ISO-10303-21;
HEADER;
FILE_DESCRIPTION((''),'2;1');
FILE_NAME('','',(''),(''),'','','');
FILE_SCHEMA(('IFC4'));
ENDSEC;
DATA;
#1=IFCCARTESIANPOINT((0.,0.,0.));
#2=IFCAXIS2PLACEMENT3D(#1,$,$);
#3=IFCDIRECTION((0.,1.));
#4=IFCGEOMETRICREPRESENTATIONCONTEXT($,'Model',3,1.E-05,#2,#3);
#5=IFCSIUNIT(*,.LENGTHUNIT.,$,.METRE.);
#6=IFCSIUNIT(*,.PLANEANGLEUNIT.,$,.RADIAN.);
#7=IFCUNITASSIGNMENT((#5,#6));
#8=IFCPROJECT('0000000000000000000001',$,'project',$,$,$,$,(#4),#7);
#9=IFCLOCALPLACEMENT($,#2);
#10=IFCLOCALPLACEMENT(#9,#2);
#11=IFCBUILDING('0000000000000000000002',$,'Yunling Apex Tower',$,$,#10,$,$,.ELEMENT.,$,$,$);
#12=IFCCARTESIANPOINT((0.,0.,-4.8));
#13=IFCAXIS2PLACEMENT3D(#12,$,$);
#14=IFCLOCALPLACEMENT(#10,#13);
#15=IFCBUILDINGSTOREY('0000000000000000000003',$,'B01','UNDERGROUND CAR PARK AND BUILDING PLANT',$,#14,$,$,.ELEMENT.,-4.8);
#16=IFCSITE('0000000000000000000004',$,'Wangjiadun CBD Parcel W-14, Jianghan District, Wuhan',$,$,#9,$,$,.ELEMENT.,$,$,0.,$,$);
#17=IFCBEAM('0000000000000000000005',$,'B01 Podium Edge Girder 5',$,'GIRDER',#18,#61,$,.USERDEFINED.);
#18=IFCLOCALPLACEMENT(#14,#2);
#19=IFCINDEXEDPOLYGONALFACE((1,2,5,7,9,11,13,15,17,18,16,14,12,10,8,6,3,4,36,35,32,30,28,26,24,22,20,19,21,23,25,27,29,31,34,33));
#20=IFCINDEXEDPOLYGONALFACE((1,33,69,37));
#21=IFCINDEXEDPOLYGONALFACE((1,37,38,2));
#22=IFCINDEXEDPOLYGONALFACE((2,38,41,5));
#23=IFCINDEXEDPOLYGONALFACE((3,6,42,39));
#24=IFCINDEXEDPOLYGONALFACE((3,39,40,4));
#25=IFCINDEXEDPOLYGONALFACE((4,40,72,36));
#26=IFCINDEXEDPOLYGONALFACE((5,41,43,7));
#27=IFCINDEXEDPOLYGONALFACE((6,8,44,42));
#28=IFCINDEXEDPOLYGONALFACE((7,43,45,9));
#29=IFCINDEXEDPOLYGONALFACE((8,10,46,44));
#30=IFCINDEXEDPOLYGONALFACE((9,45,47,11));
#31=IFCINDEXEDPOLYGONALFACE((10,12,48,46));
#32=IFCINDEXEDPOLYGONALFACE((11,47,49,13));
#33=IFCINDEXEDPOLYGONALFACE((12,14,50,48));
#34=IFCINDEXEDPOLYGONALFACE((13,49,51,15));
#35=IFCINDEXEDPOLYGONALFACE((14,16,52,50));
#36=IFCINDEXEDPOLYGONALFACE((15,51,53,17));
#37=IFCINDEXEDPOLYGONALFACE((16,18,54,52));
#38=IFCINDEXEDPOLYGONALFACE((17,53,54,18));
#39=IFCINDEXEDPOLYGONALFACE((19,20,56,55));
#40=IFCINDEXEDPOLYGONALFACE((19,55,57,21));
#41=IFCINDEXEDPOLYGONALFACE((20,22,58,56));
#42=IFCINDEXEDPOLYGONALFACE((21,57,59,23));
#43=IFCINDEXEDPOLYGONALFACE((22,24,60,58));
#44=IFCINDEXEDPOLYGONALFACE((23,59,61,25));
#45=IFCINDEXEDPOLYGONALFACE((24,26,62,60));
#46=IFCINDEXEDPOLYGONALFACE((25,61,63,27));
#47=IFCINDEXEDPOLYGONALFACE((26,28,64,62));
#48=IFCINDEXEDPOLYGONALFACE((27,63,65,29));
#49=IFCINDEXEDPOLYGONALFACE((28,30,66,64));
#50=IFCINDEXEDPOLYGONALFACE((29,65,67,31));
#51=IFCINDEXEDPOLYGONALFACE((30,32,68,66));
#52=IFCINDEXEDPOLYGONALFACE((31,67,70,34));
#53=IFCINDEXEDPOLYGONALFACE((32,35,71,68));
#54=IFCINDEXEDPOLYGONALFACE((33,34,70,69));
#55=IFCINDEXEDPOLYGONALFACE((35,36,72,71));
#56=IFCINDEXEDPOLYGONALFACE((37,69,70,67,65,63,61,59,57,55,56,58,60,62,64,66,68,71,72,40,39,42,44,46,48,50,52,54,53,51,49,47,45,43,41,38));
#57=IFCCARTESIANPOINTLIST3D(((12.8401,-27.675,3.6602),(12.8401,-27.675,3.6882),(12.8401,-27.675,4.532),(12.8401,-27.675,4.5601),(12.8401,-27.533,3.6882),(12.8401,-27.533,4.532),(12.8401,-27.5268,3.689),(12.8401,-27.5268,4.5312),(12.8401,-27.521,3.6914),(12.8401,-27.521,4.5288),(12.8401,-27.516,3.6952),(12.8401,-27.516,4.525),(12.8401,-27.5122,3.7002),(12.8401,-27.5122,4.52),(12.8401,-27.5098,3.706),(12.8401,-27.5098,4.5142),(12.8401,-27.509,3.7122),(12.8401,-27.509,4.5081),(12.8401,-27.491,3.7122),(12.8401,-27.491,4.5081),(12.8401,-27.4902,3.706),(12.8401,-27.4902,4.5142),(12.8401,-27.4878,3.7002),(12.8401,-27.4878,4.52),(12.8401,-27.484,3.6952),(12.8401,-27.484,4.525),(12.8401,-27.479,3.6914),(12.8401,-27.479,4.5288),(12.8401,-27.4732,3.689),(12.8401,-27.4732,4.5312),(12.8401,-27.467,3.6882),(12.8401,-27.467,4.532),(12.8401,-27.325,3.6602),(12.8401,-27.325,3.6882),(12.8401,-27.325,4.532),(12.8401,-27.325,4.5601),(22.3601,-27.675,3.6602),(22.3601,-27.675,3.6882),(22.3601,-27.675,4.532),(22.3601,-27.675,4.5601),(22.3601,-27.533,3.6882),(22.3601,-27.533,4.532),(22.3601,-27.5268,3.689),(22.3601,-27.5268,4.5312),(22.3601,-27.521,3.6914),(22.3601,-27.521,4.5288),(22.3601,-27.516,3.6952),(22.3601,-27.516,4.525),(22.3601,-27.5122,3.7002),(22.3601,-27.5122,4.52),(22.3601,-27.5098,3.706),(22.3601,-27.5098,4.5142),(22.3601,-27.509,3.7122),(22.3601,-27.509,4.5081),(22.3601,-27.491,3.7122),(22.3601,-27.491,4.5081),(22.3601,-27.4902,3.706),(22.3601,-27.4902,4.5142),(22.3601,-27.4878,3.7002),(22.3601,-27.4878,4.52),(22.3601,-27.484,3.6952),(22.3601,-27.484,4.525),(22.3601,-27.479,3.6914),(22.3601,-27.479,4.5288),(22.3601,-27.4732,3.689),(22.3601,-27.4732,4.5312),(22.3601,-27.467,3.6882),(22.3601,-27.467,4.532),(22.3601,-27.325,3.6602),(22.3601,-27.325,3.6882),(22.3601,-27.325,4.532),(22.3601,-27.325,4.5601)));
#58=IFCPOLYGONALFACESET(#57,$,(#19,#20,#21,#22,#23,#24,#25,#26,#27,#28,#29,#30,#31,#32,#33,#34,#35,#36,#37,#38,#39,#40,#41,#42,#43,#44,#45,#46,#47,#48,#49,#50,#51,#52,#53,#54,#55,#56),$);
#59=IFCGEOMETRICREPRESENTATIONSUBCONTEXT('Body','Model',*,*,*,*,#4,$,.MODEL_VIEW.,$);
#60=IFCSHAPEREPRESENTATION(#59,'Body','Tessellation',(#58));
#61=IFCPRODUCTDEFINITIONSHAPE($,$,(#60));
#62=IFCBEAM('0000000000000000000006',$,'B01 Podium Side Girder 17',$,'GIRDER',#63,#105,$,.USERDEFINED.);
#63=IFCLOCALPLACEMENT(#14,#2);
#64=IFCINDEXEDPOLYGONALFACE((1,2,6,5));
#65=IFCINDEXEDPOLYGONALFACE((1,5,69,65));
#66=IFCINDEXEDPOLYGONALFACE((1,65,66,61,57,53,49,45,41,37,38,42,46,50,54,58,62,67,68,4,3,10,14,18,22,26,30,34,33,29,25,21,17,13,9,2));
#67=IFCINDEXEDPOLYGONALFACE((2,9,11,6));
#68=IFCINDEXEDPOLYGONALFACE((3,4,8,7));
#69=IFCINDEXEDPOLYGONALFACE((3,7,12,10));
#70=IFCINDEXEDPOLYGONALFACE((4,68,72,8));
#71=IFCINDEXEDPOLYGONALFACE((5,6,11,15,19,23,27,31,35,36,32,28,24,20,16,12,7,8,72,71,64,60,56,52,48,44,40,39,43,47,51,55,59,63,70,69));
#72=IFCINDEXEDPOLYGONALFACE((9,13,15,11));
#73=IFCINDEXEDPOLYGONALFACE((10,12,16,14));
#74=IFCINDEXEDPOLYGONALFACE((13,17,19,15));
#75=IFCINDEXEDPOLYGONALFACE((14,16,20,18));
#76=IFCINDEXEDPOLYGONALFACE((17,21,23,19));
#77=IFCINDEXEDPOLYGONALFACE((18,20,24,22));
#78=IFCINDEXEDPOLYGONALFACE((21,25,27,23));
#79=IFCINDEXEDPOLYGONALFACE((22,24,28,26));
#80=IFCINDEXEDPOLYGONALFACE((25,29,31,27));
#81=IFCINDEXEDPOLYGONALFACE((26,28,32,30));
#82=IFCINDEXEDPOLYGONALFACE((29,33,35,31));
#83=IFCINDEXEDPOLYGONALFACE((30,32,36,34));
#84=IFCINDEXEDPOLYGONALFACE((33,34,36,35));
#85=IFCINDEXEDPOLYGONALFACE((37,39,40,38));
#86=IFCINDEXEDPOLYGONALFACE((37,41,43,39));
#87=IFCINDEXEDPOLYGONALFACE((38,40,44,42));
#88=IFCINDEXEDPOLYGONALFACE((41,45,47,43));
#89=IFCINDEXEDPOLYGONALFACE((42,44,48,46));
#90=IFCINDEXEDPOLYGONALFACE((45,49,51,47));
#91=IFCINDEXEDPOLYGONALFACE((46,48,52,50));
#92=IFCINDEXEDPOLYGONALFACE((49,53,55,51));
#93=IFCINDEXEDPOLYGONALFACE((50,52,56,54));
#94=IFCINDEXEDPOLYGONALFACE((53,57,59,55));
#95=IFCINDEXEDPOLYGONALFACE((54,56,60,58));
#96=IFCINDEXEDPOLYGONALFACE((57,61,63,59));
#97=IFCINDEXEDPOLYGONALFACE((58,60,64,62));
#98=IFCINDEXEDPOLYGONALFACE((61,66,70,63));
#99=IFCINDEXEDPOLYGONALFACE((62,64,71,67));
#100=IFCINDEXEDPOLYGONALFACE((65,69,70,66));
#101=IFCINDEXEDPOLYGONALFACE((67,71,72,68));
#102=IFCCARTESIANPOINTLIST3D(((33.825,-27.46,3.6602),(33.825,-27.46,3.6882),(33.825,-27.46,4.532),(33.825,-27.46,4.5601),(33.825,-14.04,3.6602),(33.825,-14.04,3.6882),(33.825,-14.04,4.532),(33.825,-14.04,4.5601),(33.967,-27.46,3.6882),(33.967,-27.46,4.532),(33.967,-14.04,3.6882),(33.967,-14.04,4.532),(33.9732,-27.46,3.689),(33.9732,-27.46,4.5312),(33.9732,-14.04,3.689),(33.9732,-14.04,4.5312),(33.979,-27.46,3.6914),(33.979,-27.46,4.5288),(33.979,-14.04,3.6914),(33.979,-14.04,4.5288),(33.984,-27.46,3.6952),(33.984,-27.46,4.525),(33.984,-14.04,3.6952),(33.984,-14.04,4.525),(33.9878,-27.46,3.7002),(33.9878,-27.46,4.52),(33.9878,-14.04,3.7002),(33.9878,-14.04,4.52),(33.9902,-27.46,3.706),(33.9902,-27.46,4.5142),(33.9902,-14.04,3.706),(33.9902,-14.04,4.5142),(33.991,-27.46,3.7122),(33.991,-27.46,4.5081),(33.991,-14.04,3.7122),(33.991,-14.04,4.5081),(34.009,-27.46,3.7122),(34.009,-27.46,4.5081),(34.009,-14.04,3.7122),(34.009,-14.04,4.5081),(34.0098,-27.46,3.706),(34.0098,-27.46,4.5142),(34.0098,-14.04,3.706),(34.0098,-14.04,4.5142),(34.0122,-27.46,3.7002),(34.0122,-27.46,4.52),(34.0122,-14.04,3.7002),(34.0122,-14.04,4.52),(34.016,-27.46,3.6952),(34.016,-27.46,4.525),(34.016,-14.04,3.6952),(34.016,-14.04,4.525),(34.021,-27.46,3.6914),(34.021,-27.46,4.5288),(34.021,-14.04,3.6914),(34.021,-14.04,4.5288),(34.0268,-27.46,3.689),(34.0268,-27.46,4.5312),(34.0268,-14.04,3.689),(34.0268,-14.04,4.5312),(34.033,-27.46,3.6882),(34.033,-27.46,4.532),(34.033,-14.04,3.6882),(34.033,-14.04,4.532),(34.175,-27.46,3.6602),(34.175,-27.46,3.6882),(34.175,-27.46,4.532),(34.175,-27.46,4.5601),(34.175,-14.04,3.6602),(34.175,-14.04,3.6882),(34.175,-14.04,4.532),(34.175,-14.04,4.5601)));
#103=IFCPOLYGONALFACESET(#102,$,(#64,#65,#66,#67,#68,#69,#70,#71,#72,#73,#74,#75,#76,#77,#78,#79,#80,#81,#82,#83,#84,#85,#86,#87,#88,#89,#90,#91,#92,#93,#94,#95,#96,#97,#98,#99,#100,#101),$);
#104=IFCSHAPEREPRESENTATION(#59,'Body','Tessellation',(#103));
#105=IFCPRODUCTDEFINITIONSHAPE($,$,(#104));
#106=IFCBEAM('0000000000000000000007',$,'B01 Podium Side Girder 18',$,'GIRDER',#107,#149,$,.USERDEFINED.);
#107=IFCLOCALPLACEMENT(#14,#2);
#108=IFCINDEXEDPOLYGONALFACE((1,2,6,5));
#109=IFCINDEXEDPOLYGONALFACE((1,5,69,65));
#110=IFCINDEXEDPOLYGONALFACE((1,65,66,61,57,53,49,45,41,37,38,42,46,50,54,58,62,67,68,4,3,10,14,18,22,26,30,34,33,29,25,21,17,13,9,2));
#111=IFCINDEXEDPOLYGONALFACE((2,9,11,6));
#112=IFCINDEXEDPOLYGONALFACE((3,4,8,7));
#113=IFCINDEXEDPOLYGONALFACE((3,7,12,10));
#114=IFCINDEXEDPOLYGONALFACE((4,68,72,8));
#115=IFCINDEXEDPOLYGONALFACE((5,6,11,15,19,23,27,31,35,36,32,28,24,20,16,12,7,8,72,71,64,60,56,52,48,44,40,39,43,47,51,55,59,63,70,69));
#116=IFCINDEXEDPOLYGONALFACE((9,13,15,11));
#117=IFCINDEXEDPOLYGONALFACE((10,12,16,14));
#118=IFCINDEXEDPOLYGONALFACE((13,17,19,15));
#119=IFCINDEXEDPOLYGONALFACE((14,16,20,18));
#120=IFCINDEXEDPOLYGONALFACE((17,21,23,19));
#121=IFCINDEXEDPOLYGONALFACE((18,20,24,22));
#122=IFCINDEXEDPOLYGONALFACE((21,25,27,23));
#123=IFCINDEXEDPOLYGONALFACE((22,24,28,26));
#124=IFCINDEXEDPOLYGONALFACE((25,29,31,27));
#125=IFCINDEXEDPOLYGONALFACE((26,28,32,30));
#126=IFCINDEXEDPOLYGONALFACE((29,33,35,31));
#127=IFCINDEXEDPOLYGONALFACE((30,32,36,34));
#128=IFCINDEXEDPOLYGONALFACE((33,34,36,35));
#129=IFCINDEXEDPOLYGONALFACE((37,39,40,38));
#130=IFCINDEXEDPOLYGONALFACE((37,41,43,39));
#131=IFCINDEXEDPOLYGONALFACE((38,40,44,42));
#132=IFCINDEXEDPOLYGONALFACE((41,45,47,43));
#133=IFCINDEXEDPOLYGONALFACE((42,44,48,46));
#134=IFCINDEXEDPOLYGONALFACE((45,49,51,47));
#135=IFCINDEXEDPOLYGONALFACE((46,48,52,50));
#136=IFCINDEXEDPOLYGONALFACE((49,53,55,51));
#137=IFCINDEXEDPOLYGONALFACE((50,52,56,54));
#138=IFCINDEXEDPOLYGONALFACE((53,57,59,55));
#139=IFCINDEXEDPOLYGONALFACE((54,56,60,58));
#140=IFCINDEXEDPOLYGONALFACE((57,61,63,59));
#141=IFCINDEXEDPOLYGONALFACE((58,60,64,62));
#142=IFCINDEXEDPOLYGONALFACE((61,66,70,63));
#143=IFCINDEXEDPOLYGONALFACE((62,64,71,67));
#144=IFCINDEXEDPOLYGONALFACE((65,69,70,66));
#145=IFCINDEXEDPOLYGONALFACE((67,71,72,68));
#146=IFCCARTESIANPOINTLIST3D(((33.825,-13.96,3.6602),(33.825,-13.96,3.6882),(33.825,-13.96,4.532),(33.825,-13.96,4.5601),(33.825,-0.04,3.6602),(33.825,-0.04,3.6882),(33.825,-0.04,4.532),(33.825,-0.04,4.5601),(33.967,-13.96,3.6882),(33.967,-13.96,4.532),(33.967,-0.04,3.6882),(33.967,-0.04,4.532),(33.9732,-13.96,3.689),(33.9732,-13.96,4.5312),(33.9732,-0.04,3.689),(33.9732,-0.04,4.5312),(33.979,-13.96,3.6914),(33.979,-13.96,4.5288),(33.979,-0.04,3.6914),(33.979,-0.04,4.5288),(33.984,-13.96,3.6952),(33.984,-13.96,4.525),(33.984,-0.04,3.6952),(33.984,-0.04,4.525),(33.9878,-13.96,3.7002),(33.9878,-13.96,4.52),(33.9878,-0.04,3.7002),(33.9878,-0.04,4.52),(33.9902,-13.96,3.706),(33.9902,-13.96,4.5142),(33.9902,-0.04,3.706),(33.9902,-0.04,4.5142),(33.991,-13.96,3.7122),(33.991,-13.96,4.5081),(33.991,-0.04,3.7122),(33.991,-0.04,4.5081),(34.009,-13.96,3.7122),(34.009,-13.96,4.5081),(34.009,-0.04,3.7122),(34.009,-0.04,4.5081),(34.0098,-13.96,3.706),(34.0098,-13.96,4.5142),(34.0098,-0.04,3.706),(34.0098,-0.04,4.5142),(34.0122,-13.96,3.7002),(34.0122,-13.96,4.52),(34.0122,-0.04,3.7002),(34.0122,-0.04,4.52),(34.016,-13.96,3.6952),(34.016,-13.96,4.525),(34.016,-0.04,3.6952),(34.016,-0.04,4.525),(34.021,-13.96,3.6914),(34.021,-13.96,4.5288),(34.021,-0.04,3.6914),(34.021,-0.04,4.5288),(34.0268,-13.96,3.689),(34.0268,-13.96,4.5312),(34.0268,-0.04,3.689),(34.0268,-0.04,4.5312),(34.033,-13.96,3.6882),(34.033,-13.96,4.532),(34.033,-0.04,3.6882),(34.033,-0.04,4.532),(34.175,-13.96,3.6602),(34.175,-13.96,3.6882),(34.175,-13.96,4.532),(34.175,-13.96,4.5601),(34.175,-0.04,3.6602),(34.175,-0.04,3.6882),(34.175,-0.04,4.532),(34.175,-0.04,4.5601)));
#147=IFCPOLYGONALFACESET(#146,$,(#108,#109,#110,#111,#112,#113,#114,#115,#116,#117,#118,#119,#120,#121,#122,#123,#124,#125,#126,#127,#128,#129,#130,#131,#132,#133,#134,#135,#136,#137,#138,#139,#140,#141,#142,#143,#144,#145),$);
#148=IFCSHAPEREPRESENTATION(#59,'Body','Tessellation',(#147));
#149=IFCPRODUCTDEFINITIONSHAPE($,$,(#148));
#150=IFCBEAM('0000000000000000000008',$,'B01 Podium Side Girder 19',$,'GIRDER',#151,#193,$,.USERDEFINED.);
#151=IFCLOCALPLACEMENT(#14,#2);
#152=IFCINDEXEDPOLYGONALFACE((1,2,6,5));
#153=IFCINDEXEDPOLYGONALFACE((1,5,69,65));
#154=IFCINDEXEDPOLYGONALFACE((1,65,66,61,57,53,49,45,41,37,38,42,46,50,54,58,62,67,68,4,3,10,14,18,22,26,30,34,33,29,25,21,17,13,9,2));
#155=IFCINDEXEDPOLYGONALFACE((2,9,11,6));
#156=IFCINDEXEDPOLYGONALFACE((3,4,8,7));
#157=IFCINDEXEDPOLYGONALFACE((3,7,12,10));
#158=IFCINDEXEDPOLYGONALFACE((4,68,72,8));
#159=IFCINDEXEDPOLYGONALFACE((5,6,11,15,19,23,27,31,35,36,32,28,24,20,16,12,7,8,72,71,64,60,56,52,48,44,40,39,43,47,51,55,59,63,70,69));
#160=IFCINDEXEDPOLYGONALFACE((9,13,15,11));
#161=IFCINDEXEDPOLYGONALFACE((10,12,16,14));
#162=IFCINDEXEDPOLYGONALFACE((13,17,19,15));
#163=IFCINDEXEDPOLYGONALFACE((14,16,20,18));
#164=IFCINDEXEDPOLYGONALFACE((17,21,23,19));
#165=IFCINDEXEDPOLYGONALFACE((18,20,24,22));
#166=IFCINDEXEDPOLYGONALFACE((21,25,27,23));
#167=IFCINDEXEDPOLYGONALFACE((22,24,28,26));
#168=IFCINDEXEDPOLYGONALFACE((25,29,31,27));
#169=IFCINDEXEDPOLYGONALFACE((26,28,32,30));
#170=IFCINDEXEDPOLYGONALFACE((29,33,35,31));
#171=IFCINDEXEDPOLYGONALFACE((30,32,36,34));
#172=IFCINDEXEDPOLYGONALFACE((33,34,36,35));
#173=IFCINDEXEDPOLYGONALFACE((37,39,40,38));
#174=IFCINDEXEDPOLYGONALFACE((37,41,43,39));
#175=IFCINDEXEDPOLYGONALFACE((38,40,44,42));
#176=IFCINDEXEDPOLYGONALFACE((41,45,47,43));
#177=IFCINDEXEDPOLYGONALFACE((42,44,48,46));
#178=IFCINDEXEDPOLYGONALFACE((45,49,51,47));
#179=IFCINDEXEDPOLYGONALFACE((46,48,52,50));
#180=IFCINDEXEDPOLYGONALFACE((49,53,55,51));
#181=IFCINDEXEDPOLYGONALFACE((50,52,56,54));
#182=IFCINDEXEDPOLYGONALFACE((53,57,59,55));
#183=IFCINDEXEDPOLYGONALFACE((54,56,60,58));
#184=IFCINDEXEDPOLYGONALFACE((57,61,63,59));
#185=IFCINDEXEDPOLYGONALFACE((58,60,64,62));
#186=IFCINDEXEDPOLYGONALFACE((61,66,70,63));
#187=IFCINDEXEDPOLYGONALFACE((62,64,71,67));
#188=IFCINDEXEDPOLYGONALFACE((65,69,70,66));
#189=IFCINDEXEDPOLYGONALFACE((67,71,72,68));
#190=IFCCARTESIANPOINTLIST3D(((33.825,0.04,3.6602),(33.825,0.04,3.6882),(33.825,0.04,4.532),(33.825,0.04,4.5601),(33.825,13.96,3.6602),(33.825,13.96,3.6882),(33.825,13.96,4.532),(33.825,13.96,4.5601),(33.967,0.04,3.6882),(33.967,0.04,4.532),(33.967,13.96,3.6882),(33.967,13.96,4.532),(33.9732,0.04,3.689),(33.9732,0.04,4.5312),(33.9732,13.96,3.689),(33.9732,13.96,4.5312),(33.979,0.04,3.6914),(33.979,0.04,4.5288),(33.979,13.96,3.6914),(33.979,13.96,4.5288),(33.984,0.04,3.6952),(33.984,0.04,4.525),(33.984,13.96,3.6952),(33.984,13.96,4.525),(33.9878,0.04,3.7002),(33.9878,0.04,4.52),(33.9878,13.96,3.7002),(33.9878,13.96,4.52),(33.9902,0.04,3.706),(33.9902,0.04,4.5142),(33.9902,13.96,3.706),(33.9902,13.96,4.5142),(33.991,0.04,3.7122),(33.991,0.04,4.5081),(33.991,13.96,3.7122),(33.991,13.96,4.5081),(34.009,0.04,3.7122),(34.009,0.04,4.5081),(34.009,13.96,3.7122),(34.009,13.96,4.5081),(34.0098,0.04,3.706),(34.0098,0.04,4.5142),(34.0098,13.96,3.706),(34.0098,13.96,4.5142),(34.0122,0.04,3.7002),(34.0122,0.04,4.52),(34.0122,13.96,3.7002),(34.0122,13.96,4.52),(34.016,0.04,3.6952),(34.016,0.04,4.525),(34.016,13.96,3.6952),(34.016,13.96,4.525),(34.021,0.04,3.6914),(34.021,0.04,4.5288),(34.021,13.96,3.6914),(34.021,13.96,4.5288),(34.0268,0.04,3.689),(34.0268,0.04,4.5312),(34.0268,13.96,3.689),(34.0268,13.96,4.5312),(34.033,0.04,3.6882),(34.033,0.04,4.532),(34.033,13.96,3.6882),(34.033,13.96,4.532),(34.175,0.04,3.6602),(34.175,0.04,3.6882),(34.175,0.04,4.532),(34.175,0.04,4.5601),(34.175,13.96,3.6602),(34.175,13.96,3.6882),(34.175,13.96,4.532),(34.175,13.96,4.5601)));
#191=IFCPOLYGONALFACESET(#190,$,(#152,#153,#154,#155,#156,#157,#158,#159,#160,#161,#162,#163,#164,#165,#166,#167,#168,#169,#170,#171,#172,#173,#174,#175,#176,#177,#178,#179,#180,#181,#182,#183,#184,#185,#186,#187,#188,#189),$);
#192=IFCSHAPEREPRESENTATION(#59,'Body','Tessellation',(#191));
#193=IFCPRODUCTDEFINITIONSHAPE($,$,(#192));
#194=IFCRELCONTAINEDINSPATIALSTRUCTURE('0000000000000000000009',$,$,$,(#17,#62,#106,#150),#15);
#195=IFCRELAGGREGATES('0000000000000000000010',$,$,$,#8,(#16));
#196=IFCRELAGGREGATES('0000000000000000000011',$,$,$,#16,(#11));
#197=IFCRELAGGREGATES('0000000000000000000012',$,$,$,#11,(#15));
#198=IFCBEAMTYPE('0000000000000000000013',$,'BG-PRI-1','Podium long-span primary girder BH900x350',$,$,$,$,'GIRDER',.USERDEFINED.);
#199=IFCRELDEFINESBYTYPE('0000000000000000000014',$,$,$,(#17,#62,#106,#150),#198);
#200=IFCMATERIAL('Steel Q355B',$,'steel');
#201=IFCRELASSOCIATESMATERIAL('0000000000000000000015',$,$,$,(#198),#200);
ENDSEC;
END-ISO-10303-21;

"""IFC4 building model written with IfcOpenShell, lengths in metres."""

from ifc_helpers import new_model, si_unit, direction, frame, origin, origin_2d, place, context, subcontext, project, spatial, i_section, extrude, source, transform, mapped, material, material_profile, profile_set, type_object, element, save


model = new_model("IFC4")

# Units and contexts
model_context = context("Model", 3, precision=1e-05, world=origin(), true_north=direction((0.0, 1.0)))
body_context = subcontext(model_context, "Body", "Model", "MODEL_VIEW")
ifc_project = project(units=[si_unit("LENGTHUNIT", "METRE"), si_unit("PLANEANGLEUNIT", "RADIAN")], contexts=[model_context])

# Site, building, storey
site_placement = place(None, origin())
site = spatial("IfcSite", under=ifc_project, at=site_placement, Name="Wangjiadun CBD Parcel W-14, Jianghan District, Wuhan", CompositionType="ELEMENT", RefElevation=0.0)
building_placement = place(site_placement, origin())
building = spatial("IfcBuilding", under=site, at=building_placement, Name="Yunling Apex Tower", CompositionType="ELEMENT")
storey_placement = place(building_placement, frame((0.0, 0.0, -4.8)))
storey = spatial("IfcBuildingStorey", under=building, at=storey_placement, Name="B01", Description="UNDERGROUND CAR PARK AND BUILDING PLANT", CompositionType="ELEMENT", Elevation=-4.8)

# Beams
ifc_material_1 = material(Name="Steel Q355B", Category="steel")
ifc_material_profile_1 = material_profile(ifc_material_1, i_section(OverallWidth=0.3501, OverallDepth=0.8999, WebThickness=0.0181, FlangeThickness=0.0281, FilletRadius=0.0239, at=origin_2d()))
ifc_profile_set_1 = profile_set([ifc_material_profile_1], Name="Steel Q355B")
beam_type_1 = type_object("IfcBeamType", Name="BG-PRI-1", Description="Podium long-span primary girder BH900x350", ElementType="GIRDER", PredefinedType="USERDEFINED", material=ifc_profile_set_1)
shared_shape_1 = source(origin(), body_context, "Body", "SweptSolid", [
    extrude(i_section(OverallWidth=0.3501, OverallDepth=0.8999, WebThickness=0.0181, FlangeThickness=0.0281, FilletRadius=0.0239, at=origin_2d()), origin(), (0.0, 0.0, 1.0), 9.52),
])
beam_1_placement = place(storey_placement, frame((12.8401, -27.5, 4.1101), z_axis=(1.0, 0.0, 0.0), x_axis=(0.0, 1.0, 0.0)))
element("IfcBeam", 1, at=beam_1_placement, inside=storey, type_object=beam_type_1, Name="B01 Podium Edge Girder 5", ObjectType="GIRDER", PredefinedType="USERDEFINED", context=body_context, shape_type="MappedRepresentation", body=[
    mapped(shared_shape_1, transform((0.0, 0.0, 0.0), scale=1.0)),
])
shared_shape_2 = source(origin(), body_context, "Body", "SweptSolid", [
    extrude(i_section(OverallWidth=0.3501, OverallDepth=0.8999, WebThickness=0.0181, FlangeThickness=0.0281, FilletRadius=0.0239, at=origin_2d()), origin(), (0.0, 0.0, 1.0), 13.4199),
])
beam_2_placement = place(storey_placement, frame((34.0, -27.46, 4.1101), z_axis=(0.0, 1.0, 0.0), x_axis=(-1.0, 0.0, 0.0)))
element("IfcBeam", 2, at=beam_2_placement, inside=storey, type_object=beam_type_1, Name="B01 Podium Side Girder 17", ObjectType="GIRDER", PredefinedType="USERDEFINED", context=body_context, shape_type="MappedRepresentation", body=[
    mapped(shared_shape_2, transform((0.0, 0.0, 0.0), scale=1.0)),
])
shared_shape_3 = source(origin(), body_context, "Body", "SweptSolid", [
    extrude(i_section(OverallWidth=0.3501, OverallDepth=0.8999, WebThickness=0.0181, FlangeThickness=0.0281, FilletRadius=0.0239, at=origin_2d()), origin(), (0.0, 0.0, 1.0), 13.9199),
])
for number, where, z_axis, x_axis, name in (
    (3, (34.0, -13.96, 4.1101), (0.0, 1.0, 0.0), (-1.0, 0.0, 0.0), "B01 Podium Side Girder 18"),
    (4, (34.0, 0.04, 4.1101), (0.0, 1.0, 0.0), (-1.0, 0.0, 0.0), "B01 Podium Side Girder 19"),
):
    element("IfcBeam", number, at=place(storey_placement, frame(where, z_axis=z_axis, x_axis=x_axis)), inside=storey, type_object=beam_type_1, Name=name, ObjectType="GIRDER", PredefinedType="USERDEFINED", context=body_context, shape_type="MappedRepresentation", body=[
        mapped(shared_shape_3, transform((0.0, 0.0, 0.0), scale=1.0)),
    ])

save(model, "model.ifc")
